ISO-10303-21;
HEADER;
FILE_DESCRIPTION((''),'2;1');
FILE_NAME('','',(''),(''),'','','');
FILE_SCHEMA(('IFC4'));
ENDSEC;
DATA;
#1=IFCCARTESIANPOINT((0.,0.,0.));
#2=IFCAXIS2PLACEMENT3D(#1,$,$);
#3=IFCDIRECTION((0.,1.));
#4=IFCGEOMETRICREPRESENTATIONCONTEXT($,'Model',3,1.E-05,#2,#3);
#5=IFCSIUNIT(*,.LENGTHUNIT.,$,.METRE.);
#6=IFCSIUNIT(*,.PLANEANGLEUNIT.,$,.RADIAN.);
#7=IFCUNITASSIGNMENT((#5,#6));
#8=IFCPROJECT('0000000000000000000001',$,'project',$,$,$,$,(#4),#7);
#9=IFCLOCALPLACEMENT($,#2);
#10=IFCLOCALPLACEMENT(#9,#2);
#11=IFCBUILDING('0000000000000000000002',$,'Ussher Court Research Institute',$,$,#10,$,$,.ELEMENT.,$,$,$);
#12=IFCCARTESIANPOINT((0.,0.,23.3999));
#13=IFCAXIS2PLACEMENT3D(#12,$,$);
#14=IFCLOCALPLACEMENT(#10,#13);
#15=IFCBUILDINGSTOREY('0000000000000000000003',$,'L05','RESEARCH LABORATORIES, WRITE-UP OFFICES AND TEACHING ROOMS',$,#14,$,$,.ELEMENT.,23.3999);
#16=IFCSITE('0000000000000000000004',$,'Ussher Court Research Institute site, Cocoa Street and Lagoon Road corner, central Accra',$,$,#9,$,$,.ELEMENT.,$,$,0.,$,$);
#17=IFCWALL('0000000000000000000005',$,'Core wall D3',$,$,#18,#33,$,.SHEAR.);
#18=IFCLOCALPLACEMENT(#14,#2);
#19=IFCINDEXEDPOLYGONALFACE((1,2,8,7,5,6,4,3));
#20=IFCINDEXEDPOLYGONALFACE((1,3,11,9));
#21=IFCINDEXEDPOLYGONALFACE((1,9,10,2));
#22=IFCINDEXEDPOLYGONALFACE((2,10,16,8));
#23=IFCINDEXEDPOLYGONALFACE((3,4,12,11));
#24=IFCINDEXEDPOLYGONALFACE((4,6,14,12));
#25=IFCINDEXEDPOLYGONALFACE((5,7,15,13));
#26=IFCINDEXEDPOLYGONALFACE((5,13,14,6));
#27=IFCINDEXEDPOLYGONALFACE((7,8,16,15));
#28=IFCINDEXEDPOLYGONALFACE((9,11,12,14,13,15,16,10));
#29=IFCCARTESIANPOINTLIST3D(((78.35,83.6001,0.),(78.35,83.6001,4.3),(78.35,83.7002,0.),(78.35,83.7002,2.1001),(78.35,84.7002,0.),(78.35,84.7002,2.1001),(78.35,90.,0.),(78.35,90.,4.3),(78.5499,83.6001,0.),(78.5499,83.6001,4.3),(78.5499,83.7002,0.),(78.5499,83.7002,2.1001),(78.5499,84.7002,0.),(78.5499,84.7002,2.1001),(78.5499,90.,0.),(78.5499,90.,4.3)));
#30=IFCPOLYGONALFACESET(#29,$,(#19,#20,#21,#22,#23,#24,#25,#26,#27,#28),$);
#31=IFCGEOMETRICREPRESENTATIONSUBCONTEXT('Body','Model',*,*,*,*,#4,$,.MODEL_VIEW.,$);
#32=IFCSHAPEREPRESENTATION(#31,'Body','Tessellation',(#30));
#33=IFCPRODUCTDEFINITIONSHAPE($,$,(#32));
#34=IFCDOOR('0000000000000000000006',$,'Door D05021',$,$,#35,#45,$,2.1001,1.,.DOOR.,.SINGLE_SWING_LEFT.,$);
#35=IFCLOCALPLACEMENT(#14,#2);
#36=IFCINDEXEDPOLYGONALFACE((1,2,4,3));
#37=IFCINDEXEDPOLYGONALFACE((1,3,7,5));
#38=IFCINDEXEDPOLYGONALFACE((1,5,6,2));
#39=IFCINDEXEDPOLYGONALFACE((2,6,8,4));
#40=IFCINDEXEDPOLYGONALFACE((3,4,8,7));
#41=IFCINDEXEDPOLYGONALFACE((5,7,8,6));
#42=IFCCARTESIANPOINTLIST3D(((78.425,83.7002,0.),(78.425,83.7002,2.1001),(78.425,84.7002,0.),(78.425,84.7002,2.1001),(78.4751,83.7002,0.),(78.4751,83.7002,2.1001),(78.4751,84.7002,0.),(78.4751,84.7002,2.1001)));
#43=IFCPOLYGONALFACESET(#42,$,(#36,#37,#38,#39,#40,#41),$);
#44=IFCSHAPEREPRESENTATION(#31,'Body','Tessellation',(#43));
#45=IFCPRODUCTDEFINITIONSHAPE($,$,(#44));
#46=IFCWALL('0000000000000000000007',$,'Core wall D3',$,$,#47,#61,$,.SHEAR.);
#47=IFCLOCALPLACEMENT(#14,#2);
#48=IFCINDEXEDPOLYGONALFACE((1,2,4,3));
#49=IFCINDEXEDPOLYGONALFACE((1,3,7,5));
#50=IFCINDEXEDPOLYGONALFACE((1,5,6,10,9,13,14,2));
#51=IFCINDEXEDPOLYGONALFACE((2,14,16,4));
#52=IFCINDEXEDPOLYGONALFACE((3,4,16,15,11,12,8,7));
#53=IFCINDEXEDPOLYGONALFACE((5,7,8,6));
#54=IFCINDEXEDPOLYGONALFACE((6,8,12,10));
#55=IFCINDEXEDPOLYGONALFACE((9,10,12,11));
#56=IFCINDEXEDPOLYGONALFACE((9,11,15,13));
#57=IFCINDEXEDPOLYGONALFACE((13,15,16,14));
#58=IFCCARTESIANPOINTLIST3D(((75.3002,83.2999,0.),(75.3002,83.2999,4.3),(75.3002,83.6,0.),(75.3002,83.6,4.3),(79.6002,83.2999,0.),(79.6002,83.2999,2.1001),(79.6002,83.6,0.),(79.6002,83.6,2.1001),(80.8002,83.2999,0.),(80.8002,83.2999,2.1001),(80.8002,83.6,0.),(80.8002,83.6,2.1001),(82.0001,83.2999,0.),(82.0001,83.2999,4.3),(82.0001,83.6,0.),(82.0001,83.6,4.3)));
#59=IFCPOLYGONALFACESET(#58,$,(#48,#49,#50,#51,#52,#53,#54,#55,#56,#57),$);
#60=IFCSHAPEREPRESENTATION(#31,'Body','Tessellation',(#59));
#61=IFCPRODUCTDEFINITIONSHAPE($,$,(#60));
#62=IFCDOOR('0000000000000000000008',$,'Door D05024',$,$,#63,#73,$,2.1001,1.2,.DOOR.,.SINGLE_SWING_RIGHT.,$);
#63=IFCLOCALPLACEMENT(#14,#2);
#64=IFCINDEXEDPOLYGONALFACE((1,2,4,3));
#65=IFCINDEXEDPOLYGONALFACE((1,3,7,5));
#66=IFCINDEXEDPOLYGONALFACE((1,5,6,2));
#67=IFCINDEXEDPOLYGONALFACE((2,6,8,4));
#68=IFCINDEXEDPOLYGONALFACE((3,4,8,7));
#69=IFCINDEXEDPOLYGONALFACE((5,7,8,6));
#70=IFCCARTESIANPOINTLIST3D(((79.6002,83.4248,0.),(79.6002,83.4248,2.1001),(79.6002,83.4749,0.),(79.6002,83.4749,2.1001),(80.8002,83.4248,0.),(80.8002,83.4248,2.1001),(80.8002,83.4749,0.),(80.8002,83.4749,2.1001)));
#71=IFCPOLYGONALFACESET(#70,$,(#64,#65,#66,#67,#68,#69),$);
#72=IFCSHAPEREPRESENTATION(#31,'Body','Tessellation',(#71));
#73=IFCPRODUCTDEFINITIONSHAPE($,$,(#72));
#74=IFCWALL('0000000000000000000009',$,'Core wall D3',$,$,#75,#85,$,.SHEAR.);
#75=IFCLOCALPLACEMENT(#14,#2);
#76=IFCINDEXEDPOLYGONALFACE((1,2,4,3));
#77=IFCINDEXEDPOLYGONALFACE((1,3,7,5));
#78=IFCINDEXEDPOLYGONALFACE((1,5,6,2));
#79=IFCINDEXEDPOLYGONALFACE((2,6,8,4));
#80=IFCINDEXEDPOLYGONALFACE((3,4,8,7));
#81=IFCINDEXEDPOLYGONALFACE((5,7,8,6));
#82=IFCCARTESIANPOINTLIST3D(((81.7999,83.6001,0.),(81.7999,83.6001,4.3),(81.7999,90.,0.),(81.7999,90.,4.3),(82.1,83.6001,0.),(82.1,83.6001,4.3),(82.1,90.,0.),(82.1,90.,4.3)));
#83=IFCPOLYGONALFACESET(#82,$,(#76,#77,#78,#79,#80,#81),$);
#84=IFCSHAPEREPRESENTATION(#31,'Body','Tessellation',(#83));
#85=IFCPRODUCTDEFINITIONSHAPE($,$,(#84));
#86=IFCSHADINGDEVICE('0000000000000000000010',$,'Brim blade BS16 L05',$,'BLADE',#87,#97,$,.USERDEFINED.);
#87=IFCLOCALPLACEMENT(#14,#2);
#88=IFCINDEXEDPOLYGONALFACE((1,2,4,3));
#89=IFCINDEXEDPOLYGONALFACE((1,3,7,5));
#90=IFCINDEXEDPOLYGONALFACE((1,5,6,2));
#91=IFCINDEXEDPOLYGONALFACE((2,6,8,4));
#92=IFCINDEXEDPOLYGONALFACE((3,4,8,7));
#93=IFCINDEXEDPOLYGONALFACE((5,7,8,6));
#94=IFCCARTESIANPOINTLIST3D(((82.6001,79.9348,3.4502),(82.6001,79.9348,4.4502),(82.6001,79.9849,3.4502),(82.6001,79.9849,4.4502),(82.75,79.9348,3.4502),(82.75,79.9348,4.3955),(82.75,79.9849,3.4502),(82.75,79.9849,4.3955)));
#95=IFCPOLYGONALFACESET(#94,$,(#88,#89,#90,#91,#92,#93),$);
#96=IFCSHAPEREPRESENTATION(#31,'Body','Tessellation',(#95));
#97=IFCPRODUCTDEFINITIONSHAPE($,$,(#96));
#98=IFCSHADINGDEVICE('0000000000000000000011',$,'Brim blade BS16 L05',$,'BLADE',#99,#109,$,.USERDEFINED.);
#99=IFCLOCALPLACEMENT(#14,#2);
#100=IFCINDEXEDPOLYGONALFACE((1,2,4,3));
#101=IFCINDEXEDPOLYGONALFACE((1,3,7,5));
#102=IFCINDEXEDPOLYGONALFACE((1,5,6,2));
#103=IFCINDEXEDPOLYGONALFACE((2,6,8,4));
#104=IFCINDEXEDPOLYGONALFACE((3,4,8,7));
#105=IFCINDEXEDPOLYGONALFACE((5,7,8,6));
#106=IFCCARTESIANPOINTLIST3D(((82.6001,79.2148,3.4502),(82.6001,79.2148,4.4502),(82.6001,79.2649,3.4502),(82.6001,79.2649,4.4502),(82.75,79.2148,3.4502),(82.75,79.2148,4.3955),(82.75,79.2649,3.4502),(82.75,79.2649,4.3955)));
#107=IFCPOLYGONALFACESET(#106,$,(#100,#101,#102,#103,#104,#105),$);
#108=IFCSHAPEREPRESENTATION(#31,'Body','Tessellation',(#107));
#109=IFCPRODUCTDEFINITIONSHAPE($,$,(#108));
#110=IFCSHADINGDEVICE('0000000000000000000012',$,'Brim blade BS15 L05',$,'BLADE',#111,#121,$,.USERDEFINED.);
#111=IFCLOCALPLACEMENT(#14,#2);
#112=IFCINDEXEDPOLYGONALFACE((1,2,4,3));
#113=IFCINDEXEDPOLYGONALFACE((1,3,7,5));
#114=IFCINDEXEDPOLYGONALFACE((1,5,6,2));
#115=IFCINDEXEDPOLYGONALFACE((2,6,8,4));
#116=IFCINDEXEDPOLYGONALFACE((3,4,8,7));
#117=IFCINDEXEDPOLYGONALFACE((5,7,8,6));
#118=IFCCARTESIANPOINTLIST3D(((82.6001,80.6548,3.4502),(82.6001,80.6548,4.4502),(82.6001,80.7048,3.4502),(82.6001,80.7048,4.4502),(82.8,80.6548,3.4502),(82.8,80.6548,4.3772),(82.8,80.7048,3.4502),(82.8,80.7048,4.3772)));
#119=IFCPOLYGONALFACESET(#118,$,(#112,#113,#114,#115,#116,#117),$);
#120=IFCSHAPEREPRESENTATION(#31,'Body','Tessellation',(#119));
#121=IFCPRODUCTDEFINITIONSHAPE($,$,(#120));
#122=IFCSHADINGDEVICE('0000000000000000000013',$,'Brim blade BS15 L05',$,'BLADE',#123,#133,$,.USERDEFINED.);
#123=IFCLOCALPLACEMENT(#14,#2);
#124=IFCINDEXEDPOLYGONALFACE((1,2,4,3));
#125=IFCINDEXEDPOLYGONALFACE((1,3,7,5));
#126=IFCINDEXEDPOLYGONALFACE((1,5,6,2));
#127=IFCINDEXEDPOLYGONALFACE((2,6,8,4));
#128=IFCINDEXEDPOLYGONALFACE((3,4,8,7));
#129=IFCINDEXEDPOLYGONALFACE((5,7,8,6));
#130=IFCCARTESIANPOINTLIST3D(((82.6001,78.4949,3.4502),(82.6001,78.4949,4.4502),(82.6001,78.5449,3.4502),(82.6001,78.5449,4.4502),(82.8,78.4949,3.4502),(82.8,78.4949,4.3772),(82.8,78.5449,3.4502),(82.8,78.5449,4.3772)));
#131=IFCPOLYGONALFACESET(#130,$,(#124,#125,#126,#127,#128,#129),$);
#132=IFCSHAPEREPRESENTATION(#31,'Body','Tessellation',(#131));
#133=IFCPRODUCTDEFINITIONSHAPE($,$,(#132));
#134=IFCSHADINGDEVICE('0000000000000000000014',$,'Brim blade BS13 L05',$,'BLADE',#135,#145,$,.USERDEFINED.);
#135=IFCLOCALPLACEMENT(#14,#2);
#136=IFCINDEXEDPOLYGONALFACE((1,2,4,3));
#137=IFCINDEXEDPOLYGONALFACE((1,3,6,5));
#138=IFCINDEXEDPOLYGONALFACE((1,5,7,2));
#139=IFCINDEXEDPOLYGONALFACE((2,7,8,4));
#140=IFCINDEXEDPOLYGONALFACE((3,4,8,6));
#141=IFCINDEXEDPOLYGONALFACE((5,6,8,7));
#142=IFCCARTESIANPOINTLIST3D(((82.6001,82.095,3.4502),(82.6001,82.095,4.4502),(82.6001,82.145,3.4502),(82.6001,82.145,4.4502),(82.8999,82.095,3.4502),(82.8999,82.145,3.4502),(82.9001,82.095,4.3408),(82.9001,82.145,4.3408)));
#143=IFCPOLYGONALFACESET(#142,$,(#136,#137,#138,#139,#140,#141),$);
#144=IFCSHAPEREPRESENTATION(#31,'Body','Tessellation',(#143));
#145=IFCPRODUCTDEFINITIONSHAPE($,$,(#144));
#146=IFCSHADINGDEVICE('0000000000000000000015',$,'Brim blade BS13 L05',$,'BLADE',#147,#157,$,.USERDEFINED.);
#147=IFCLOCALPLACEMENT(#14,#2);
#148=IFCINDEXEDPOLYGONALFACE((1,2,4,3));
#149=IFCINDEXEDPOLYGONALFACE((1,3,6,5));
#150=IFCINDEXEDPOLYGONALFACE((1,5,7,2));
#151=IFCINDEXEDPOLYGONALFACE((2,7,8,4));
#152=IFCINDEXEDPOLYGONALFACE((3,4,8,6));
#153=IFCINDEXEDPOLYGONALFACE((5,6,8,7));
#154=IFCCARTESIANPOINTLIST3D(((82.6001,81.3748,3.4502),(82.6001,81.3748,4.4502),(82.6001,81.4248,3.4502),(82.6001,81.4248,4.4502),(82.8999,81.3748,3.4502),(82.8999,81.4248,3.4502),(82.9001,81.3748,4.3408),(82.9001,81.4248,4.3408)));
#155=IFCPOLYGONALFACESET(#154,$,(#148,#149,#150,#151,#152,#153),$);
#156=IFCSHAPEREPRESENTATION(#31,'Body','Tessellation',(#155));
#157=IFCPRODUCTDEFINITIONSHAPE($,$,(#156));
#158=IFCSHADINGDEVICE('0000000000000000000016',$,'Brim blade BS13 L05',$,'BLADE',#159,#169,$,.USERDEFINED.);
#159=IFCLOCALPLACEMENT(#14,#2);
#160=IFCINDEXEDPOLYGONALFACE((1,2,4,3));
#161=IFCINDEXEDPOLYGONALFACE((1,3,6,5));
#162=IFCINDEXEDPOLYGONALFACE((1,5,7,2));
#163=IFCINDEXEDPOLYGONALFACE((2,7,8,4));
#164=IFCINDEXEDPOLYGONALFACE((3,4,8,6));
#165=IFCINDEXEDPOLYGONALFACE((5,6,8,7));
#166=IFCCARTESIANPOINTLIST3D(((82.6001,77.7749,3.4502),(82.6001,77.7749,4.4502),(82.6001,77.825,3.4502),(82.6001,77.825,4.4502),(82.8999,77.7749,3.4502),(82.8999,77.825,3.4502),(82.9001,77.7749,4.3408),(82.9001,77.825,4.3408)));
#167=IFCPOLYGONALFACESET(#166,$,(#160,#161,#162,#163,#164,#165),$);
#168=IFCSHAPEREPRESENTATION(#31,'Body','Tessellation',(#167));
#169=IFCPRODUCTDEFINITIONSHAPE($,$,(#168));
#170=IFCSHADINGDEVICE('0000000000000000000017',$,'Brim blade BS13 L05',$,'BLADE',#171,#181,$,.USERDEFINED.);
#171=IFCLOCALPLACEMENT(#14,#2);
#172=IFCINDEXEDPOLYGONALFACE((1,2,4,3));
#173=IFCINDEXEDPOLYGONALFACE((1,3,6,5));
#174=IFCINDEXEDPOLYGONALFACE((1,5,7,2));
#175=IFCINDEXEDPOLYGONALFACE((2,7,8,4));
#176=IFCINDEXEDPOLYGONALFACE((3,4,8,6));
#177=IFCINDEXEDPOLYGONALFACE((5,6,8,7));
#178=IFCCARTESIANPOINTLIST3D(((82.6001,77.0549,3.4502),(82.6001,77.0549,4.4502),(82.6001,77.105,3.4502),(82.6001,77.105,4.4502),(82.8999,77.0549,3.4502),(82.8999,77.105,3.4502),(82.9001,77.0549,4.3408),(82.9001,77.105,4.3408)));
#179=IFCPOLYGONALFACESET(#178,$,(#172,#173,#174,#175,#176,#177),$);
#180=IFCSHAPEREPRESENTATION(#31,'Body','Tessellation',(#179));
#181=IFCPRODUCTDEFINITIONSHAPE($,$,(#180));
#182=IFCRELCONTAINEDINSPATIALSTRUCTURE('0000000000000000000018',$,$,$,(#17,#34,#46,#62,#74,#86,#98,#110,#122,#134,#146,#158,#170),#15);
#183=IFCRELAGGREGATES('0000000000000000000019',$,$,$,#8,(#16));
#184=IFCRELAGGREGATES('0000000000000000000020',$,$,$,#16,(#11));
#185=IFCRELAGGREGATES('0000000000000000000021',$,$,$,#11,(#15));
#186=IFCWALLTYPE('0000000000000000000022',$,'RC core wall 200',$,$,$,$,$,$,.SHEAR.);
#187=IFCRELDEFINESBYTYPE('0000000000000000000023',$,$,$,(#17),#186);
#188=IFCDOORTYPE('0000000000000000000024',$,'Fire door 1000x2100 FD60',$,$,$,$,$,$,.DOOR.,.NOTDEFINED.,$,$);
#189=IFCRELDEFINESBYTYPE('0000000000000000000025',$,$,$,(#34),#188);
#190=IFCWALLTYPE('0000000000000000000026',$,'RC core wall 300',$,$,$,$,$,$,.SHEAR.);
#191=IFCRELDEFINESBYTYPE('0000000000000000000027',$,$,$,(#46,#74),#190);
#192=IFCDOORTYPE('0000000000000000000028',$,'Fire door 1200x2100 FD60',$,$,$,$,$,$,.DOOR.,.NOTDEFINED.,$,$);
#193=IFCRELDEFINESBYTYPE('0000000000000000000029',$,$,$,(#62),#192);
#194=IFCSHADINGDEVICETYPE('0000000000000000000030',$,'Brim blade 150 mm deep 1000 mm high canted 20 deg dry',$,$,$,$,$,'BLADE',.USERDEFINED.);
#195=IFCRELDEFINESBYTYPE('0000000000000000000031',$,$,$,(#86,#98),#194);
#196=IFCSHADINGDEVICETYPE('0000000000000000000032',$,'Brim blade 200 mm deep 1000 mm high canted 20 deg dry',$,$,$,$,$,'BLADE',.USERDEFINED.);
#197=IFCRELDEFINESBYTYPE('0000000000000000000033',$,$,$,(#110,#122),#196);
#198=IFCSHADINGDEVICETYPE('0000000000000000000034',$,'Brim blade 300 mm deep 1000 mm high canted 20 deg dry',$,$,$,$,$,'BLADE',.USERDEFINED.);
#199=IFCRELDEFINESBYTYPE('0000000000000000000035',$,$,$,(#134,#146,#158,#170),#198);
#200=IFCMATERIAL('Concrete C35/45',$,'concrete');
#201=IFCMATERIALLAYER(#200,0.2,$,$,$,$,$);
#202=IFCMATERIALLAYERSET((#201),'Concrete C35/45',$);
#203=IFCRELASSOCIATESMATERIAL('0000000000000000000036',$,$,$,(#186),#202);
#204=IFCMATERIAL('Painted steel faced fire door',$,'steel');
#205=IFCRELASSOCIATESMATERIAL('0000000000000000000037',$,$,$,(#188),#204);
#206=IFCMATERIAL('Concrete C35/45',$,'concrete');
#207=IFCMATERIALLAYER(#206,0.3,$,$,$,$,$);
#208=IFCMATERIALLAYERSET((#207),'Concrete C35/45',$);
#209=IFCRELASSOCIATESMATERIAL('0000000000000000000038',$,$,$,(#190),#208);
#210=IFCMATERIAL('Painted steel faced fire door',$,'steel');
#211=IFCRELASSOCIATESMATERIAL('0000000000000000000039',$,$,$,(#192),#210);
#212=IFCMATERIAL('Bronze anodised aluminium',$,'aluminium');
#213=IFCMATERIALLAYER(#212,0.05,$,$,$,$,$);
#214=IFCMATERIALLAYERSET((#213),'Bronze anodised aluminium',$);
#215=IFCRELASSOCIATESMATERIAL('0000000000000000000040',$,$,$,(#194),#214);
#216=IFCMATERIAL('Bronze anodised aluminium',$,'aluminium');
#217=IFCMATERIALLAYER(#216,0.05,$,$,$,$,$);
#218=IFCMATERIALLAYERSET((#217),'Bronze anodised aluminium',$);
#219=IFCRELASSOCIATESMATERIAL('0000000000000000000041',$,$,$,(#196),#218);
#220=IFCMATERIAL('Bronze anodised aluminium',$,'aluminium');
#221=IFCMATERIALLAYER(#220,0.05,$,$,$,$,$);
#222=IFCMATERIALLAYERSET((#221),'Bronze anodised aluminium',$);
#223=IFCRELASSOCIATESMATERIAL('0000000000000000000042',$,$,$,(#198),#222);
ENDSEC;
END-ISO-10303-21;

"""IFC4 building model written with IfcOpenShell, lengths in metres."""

from ifc_helpers import new_model, si_unit, direction, frame, frame_2d, origin, place, context, subcontext, project, spatial, polyline, rectangle, outline, extrude, material, layer, layer_set, type_object, element, fill, save


model = new_model("IFC4")

# Units and contexts
model_context = context("Model", 3, precision=1e-05, world=origin(), true_north=direction((0.0, 1.0)))
body_context = subcontext(model_context, "Body", "Model", "MODEL_VIEW")
ifc_project = project(units=[si_unit("LENGTHUNIT", "METRE"), si_unit("PLANEANGLEUNIT", "RADIAN")], contexts=[model_context])

# Site, building, storey
site_placement = place(None, origin())
site = spatial("IfcSite", under=ifc_project, at=site_placement, Name="Ussher Court Research Institute site, Cocoa Street and Lagoon Road corner, central Accra", CompositionType="ELEMENT", RefElevation=0.0)
building_placement = place(site_placement, origin())
building = spatial("IfcBuilding", under=site, at=building_placement, Name="Ussher Court Research Institute", CompositionType="ELEMENT")
storey_placement = place(building_placement, frame((0.0, 0.0, 23.3999)))
storey = spatial("IfcBuildingStorey", under=building, at=storey_placement, Name="L05", Description="RESEARCH LABORATORIES, WRITE-UP OFFICES AND TEACHING ROOMS", CompositionType="ELEMENT", Elevation=23.3999)

# Walls, openings, doors
ifc_material_1 = material(Name="Concrete C35/45", Category="concrete")
ifc_layer_1 = layer(ifc_material_1, 0.2)
ifc_layer_set_1 = layer_set([ifc_layer_1], Name="Concrete C35/45")
wall_type_1 = type_object("IfcWallType", Name="RC core wall 200", PredefinedType="SHEAR", material=ifc_layer_set_1)
wall_1_placement = place(storey_placement, frame((78.45, 83.6001, 0.0), z_axis=(0.0, 0.0, 1.0), x_axis=(0.0, 1.0, 0.0)))
wall_1 = element("IfcWall", 1, at=wall_1_placement, inside=storey, type_object=wall_type_1, Name="Core wall D3", PredefinedType="SHEAR", context=body_context, shape_type="SweptSolid", body=[
    extrude(rectangle(XDim=6.3999, YDim=0.2, at=frame_2d((3.2, 0.0))), origin(), (0.0, 0.0, 1.0), 4.3),
])
opening_1_placement = place(wall_1_placement, frame((0.1001, 0.0, 0.0)))
opening_1 = element("IfcOpeningElement", 2, at=opening_1_placement, cuts=wall_1, PredefinedType="OPENING", context=body_context, shape_type="SweptSolid", body=[
    extrude(rectangle(XDim=1.0, YDim=2.1001, at=frame_2d((0.5, 1.05))), frame((0.0, 0.1099, 0.0), z_axis=(0.0, -1.0, 0.0), x_axis=(1.0, 0.0, 0.0)), (0.0, 0.0, 1.0), 0.22),
])
ifc_material_2 = material(Name="Painted steel faced fire door", Category="steel")
door_type_1 = type_object("IfcDoorType", Name="Fire door 1000x2100 FD60", OperationType="NOTDEFINED", PredefinedType="DOOR", material=ifc_material_2)
door_1_placement = place(opening_1_placement, origin())
door_1 = element("IfcDoor", 3, at=door_1_placement, inside=storey, type_object=door_type_1, Name="Door D05021", OperationType="SINGLE_SWING_LEFT", OverallHeight=2.1001, OverallWidth=1.0, PredefinedType="DOOR", context=body_context, shape_type="SweptSolid", body=[
    extrude(rectangle(XDim=1.0, YDim=2.1001, at=frame_2d((0.5, 1.05))), frame((0.0, 0.0249, 0.0), z_axis=(0.0, -1.0, 0.0), x_axis=(1.0, 0.0, 0.0)), (0.0, 0.0, 1.0), 0.05),
])
fill(opening_1, door_1)
ifc_material_3 = material(Name="Concrete C35/45", Category="concrete")
ifc_layer_2 = layer(ifc_material_3, 0.3)
ifc_layer_set_2 = layer_set([ifc_layer_2], Name="Concrete C35/45")
wall_type_2 = type_object("IfcWallType", Name="RC core wall 300", PredefinedType="SHEAR", material=ifc_layer_set_2)
wall_2_placement = place(storey_placement, frame((75.3, 83.45, 0.0), z_axis=(0.0, 0.0, 1.0), x_axis=(1.0, 0.0, 0.0)))
wall_2 = element("IfcWall", 4, at=wall_2_placement, inside=storey, type_object=wall_type_2, Name="Core wall D3", PredefinedType="SHEAR", context=body_context, shape_type="SweptSolid", body=[
    extrude(rectangle(XDim=6.7, YDim=0.3, at=frame_2d((3.3501, 0.0))), origin(), (0.0, 0.0, 1.0), 4.3),
])
opening_2_placement = place(wall_2_placement, frame((4.3, 0.0, 0.0)))
opening_2 = element("IfcOpeningElement", 5, at=opening_2_placement, cuts=wall_2, PredefinedType="OPENING", context=body_context, shape_type="SweptSolid", body=[
    extrude(rectangle(XDim=1.2, YDim=2.1001, at=frame_2d((0.6001, 1.05))), frame((0.0, 0.1602, 0.0), z_axis=(0.0, -1.0, 0.0), x_axis=(1.0, 0.0, 0.0)), (0.0, 0.0, 1.0), 0.3201),
])
ifc_material_4 = material(Name="Painted steel faced fire door", Category="steel")
door_type_2 = type_object("IfcDoorType", Name="Fire door 1200x2100 FD60", OperationType="NOTDEFINED", PredefinedType="DOOR", material=ifc_material_4)
door_2_placement = place(opening_2_placement, origin())
door_2 = element("IfcDoor", 6, at=door_2_placement, inside=storey, type_object=door_type_2, Name="Door D05024", OperationType="SINGLE_SWING_RIGHT", OverallHeight=2.1001, OverallWidth=1.2, PredefinedType="DOOR", context=body_context, shape_type="SweptSolid", body=[
    extrude(rectangle(XDim=1.2, YDim=2.1001, at=frame_2d((0.6001, 1.05))), frame((0.0, 0.0249, 0.0), z_axis=(0.0, -1.0, 0.0), x_axis=(1.0, 0.0, 0.0)), (0.0, 0.0, 1.0), 0.05),
])
fill(opening_2, door_2)

# Wall
wall_3_placement = place(storey_placement, frame((81.95, 83.6001, 0.0), z_axis=(0.0, 0.0, 1.0), x_axis=(0.0, 1.0, 0.0)))
element("IfcWall", 7, at=wall_3_placement, inside=storey, type_object=wall_type_2, Name="Core wall D3", PredefinedType="SHEAR", context=body_context, shape_type="SweptSolid", body=[
    extrude(rectangle(XDim=6.3999, YDim=0.3, at=frame_2d((3.2, 0.0))), origin(), (0.0, 0.0, 1.0), 4.3),
])

# Shading devices
ifc_material_5 = material(Name="Bronze anodised aluminium", Category="aluminium")
ifc_layer_3 = layer(ifc_material_5, 0.05)
ifc_layer_set_3 = layer_set([ifc_layer_3], Name="Bronze anodised aluminium")
shading_device_type_1 = type_object("IfcShadingDeviceType", Name="Brim blade 150 mm deep 1000 mm high canted 20 deg dry", ElementType="BLADE", PredefinedType="USERDEFINED", material=ifc_layer_set_3)
for number, where, z_axis, x_axis, name in (
    (8, (82.6001, 79.96, 3.4502), (0.0, 0.0, 1.0), (1.0, 0.0, 0.0), "Brim blade BS16 L05"),
    (9, (82.6001, 79.24, 3.4502), (0.0, 0.0, 1.0), (1.0, 0.0, 0.0), "Brim blade BS16 L05"),
):
    element("IfcShadingDevice", number, at=place(storey_placement, frame(where, z_axis=z_axis, x_axis=x_axis)), inside=storey, type_object=shading_device_type_1, Name=name, ObjectType="BLADE", PredefinedType="USERDEFINED", context=body_context, shape_type="SweptSolid", body=[
        extrude(outline(polyline([(0.0, 0.0), (0.1499, 0.0), (0.1499, 0.9453), (0.0, 1.0), (0.0, 0.0)])), frame((0.0, 0.0249, 0.0), z_axis=(0.0, -1.0, 0.0), x_axis=(1.0, 0.0, 0.0)), (0.0, 0.0, 1.0), 0.05),
    ])
ifc_material_6 = material(Name="Bronze anodised aluminium", Category="aluminium")
ifc_layer_4 = layer(ifc_material_6, 0.05)
ifc_layer_set_4 = layer_set([ifc_layer_4], Name="Bronze anodised aluminium")
shading_device_type_2 = type_object("IfcShadingDeviceType", Name="Brim blade 200 mm deep 1000 mm high canted 20 deg dry", ElementType="BLADE", PredefinedType="USERDEFINED", material=ifc_layer_set_4)
for number, where, z_axis, x_axis, name in (
    (10, (82.6001, 80.6799, 3.4502), (0.0, 0.0, 1.0), (1.0, 0.0, 0.0), "Brim blade BS15 L05"),
    (11, (82.6001, 78.52, 3.4502), (0.0, 0.0, 1.0), (1.0, 0.0, 0.0), "Brim blade BS15 L05"),
):
    element("IfcShadingDevice", number, at=place(storey_placement, frame(where, z_axis=z_axis, x_axis=x_axis)), inside=storey, type_object=shading_device_type_2, Name=name, ObjectType="BLADE", PredefinedType="USERDEFINED", context=body_context, shape_type="SweptSolid", body=[
        extrude(outline(polyline([(0.0, 0.0), (0.2, 0.0), (0.2, 0.927), (0.0, 1.0), (0.0, 0.0)])), frame((0.0, 0.0249, 0.0), z_axis=(0.0, -1.0, 0.0), x_axis=(1.0, 0.0, 0.0)), (0.0, 0.0, 1.0), 0.05),
    ])
ifc_material_7 = material(Name="Bronze anodised aluminium", Category="aluminium")
ifc_layer_5 = layer(ifc_material_7, 0.05)
ifc_layer_set_5 = layer_set([ifc_layer_5], Name="Bronze anodised aluminium")
shading_device_type_3 = type_object("IfcShadingDeviceType", Name="Brim blade 300 mm deep 1000 mm high canted 20 deg dry", ElementType="BLADE", PredefinedType="USERDEFINED", material=ifc_layer_set_5)
for number, where, z_axis, x_axis, name in (
    (12, (82.6001, 82.1201, 3.4502), (0.0, 0.0, 1.0), (1.0, 0.0, 0.0), "Brim blade BS13 L05"),
    (13, (82.6001, 81.3999, 3.4502), (0.0, 0.0, 1.0), (1.0, 0.0, 0.0), "Brim blade BS13 L05"),
    (14, (82.6001, 77.8, 3.4502), (0.0, 0.0, 1.0), (1.0, 0.0, 0.0), "Brim blade BS13 L05"),
    (15, (82.6001, 77.0801, 3.4502), (0.0, 0.0, 1.0), (1.0, 0.0, 0.0), "Brim blade BS13 L05"),
):
    element("IfcShadingDevice", number, at=place(storey_placement, frame(where, z_axis=z_axis, x_axis=x_axis)), inside=storey, type_object=shading_device_type_3, Name=name, ObjectType="BLADE", PredefinedType="USERDEFINED", context=body_context, shape_type="SweptSolid", body=[
        extrude(outline(polyline([(0.0, 0.0), (0.2998, 0.0), (0.3, 0.8906), (0.0, 1.0), (0.0, 0.0)])), frame((0.0, 0.0249, 0.0), z_axis=(0.0, -1.0, 0.0), x_axis=(1.0, 0.0, 0.0)), (0.0, 0.0, 1.0), 0.05),
    ])

save(model, "model.ifc")
